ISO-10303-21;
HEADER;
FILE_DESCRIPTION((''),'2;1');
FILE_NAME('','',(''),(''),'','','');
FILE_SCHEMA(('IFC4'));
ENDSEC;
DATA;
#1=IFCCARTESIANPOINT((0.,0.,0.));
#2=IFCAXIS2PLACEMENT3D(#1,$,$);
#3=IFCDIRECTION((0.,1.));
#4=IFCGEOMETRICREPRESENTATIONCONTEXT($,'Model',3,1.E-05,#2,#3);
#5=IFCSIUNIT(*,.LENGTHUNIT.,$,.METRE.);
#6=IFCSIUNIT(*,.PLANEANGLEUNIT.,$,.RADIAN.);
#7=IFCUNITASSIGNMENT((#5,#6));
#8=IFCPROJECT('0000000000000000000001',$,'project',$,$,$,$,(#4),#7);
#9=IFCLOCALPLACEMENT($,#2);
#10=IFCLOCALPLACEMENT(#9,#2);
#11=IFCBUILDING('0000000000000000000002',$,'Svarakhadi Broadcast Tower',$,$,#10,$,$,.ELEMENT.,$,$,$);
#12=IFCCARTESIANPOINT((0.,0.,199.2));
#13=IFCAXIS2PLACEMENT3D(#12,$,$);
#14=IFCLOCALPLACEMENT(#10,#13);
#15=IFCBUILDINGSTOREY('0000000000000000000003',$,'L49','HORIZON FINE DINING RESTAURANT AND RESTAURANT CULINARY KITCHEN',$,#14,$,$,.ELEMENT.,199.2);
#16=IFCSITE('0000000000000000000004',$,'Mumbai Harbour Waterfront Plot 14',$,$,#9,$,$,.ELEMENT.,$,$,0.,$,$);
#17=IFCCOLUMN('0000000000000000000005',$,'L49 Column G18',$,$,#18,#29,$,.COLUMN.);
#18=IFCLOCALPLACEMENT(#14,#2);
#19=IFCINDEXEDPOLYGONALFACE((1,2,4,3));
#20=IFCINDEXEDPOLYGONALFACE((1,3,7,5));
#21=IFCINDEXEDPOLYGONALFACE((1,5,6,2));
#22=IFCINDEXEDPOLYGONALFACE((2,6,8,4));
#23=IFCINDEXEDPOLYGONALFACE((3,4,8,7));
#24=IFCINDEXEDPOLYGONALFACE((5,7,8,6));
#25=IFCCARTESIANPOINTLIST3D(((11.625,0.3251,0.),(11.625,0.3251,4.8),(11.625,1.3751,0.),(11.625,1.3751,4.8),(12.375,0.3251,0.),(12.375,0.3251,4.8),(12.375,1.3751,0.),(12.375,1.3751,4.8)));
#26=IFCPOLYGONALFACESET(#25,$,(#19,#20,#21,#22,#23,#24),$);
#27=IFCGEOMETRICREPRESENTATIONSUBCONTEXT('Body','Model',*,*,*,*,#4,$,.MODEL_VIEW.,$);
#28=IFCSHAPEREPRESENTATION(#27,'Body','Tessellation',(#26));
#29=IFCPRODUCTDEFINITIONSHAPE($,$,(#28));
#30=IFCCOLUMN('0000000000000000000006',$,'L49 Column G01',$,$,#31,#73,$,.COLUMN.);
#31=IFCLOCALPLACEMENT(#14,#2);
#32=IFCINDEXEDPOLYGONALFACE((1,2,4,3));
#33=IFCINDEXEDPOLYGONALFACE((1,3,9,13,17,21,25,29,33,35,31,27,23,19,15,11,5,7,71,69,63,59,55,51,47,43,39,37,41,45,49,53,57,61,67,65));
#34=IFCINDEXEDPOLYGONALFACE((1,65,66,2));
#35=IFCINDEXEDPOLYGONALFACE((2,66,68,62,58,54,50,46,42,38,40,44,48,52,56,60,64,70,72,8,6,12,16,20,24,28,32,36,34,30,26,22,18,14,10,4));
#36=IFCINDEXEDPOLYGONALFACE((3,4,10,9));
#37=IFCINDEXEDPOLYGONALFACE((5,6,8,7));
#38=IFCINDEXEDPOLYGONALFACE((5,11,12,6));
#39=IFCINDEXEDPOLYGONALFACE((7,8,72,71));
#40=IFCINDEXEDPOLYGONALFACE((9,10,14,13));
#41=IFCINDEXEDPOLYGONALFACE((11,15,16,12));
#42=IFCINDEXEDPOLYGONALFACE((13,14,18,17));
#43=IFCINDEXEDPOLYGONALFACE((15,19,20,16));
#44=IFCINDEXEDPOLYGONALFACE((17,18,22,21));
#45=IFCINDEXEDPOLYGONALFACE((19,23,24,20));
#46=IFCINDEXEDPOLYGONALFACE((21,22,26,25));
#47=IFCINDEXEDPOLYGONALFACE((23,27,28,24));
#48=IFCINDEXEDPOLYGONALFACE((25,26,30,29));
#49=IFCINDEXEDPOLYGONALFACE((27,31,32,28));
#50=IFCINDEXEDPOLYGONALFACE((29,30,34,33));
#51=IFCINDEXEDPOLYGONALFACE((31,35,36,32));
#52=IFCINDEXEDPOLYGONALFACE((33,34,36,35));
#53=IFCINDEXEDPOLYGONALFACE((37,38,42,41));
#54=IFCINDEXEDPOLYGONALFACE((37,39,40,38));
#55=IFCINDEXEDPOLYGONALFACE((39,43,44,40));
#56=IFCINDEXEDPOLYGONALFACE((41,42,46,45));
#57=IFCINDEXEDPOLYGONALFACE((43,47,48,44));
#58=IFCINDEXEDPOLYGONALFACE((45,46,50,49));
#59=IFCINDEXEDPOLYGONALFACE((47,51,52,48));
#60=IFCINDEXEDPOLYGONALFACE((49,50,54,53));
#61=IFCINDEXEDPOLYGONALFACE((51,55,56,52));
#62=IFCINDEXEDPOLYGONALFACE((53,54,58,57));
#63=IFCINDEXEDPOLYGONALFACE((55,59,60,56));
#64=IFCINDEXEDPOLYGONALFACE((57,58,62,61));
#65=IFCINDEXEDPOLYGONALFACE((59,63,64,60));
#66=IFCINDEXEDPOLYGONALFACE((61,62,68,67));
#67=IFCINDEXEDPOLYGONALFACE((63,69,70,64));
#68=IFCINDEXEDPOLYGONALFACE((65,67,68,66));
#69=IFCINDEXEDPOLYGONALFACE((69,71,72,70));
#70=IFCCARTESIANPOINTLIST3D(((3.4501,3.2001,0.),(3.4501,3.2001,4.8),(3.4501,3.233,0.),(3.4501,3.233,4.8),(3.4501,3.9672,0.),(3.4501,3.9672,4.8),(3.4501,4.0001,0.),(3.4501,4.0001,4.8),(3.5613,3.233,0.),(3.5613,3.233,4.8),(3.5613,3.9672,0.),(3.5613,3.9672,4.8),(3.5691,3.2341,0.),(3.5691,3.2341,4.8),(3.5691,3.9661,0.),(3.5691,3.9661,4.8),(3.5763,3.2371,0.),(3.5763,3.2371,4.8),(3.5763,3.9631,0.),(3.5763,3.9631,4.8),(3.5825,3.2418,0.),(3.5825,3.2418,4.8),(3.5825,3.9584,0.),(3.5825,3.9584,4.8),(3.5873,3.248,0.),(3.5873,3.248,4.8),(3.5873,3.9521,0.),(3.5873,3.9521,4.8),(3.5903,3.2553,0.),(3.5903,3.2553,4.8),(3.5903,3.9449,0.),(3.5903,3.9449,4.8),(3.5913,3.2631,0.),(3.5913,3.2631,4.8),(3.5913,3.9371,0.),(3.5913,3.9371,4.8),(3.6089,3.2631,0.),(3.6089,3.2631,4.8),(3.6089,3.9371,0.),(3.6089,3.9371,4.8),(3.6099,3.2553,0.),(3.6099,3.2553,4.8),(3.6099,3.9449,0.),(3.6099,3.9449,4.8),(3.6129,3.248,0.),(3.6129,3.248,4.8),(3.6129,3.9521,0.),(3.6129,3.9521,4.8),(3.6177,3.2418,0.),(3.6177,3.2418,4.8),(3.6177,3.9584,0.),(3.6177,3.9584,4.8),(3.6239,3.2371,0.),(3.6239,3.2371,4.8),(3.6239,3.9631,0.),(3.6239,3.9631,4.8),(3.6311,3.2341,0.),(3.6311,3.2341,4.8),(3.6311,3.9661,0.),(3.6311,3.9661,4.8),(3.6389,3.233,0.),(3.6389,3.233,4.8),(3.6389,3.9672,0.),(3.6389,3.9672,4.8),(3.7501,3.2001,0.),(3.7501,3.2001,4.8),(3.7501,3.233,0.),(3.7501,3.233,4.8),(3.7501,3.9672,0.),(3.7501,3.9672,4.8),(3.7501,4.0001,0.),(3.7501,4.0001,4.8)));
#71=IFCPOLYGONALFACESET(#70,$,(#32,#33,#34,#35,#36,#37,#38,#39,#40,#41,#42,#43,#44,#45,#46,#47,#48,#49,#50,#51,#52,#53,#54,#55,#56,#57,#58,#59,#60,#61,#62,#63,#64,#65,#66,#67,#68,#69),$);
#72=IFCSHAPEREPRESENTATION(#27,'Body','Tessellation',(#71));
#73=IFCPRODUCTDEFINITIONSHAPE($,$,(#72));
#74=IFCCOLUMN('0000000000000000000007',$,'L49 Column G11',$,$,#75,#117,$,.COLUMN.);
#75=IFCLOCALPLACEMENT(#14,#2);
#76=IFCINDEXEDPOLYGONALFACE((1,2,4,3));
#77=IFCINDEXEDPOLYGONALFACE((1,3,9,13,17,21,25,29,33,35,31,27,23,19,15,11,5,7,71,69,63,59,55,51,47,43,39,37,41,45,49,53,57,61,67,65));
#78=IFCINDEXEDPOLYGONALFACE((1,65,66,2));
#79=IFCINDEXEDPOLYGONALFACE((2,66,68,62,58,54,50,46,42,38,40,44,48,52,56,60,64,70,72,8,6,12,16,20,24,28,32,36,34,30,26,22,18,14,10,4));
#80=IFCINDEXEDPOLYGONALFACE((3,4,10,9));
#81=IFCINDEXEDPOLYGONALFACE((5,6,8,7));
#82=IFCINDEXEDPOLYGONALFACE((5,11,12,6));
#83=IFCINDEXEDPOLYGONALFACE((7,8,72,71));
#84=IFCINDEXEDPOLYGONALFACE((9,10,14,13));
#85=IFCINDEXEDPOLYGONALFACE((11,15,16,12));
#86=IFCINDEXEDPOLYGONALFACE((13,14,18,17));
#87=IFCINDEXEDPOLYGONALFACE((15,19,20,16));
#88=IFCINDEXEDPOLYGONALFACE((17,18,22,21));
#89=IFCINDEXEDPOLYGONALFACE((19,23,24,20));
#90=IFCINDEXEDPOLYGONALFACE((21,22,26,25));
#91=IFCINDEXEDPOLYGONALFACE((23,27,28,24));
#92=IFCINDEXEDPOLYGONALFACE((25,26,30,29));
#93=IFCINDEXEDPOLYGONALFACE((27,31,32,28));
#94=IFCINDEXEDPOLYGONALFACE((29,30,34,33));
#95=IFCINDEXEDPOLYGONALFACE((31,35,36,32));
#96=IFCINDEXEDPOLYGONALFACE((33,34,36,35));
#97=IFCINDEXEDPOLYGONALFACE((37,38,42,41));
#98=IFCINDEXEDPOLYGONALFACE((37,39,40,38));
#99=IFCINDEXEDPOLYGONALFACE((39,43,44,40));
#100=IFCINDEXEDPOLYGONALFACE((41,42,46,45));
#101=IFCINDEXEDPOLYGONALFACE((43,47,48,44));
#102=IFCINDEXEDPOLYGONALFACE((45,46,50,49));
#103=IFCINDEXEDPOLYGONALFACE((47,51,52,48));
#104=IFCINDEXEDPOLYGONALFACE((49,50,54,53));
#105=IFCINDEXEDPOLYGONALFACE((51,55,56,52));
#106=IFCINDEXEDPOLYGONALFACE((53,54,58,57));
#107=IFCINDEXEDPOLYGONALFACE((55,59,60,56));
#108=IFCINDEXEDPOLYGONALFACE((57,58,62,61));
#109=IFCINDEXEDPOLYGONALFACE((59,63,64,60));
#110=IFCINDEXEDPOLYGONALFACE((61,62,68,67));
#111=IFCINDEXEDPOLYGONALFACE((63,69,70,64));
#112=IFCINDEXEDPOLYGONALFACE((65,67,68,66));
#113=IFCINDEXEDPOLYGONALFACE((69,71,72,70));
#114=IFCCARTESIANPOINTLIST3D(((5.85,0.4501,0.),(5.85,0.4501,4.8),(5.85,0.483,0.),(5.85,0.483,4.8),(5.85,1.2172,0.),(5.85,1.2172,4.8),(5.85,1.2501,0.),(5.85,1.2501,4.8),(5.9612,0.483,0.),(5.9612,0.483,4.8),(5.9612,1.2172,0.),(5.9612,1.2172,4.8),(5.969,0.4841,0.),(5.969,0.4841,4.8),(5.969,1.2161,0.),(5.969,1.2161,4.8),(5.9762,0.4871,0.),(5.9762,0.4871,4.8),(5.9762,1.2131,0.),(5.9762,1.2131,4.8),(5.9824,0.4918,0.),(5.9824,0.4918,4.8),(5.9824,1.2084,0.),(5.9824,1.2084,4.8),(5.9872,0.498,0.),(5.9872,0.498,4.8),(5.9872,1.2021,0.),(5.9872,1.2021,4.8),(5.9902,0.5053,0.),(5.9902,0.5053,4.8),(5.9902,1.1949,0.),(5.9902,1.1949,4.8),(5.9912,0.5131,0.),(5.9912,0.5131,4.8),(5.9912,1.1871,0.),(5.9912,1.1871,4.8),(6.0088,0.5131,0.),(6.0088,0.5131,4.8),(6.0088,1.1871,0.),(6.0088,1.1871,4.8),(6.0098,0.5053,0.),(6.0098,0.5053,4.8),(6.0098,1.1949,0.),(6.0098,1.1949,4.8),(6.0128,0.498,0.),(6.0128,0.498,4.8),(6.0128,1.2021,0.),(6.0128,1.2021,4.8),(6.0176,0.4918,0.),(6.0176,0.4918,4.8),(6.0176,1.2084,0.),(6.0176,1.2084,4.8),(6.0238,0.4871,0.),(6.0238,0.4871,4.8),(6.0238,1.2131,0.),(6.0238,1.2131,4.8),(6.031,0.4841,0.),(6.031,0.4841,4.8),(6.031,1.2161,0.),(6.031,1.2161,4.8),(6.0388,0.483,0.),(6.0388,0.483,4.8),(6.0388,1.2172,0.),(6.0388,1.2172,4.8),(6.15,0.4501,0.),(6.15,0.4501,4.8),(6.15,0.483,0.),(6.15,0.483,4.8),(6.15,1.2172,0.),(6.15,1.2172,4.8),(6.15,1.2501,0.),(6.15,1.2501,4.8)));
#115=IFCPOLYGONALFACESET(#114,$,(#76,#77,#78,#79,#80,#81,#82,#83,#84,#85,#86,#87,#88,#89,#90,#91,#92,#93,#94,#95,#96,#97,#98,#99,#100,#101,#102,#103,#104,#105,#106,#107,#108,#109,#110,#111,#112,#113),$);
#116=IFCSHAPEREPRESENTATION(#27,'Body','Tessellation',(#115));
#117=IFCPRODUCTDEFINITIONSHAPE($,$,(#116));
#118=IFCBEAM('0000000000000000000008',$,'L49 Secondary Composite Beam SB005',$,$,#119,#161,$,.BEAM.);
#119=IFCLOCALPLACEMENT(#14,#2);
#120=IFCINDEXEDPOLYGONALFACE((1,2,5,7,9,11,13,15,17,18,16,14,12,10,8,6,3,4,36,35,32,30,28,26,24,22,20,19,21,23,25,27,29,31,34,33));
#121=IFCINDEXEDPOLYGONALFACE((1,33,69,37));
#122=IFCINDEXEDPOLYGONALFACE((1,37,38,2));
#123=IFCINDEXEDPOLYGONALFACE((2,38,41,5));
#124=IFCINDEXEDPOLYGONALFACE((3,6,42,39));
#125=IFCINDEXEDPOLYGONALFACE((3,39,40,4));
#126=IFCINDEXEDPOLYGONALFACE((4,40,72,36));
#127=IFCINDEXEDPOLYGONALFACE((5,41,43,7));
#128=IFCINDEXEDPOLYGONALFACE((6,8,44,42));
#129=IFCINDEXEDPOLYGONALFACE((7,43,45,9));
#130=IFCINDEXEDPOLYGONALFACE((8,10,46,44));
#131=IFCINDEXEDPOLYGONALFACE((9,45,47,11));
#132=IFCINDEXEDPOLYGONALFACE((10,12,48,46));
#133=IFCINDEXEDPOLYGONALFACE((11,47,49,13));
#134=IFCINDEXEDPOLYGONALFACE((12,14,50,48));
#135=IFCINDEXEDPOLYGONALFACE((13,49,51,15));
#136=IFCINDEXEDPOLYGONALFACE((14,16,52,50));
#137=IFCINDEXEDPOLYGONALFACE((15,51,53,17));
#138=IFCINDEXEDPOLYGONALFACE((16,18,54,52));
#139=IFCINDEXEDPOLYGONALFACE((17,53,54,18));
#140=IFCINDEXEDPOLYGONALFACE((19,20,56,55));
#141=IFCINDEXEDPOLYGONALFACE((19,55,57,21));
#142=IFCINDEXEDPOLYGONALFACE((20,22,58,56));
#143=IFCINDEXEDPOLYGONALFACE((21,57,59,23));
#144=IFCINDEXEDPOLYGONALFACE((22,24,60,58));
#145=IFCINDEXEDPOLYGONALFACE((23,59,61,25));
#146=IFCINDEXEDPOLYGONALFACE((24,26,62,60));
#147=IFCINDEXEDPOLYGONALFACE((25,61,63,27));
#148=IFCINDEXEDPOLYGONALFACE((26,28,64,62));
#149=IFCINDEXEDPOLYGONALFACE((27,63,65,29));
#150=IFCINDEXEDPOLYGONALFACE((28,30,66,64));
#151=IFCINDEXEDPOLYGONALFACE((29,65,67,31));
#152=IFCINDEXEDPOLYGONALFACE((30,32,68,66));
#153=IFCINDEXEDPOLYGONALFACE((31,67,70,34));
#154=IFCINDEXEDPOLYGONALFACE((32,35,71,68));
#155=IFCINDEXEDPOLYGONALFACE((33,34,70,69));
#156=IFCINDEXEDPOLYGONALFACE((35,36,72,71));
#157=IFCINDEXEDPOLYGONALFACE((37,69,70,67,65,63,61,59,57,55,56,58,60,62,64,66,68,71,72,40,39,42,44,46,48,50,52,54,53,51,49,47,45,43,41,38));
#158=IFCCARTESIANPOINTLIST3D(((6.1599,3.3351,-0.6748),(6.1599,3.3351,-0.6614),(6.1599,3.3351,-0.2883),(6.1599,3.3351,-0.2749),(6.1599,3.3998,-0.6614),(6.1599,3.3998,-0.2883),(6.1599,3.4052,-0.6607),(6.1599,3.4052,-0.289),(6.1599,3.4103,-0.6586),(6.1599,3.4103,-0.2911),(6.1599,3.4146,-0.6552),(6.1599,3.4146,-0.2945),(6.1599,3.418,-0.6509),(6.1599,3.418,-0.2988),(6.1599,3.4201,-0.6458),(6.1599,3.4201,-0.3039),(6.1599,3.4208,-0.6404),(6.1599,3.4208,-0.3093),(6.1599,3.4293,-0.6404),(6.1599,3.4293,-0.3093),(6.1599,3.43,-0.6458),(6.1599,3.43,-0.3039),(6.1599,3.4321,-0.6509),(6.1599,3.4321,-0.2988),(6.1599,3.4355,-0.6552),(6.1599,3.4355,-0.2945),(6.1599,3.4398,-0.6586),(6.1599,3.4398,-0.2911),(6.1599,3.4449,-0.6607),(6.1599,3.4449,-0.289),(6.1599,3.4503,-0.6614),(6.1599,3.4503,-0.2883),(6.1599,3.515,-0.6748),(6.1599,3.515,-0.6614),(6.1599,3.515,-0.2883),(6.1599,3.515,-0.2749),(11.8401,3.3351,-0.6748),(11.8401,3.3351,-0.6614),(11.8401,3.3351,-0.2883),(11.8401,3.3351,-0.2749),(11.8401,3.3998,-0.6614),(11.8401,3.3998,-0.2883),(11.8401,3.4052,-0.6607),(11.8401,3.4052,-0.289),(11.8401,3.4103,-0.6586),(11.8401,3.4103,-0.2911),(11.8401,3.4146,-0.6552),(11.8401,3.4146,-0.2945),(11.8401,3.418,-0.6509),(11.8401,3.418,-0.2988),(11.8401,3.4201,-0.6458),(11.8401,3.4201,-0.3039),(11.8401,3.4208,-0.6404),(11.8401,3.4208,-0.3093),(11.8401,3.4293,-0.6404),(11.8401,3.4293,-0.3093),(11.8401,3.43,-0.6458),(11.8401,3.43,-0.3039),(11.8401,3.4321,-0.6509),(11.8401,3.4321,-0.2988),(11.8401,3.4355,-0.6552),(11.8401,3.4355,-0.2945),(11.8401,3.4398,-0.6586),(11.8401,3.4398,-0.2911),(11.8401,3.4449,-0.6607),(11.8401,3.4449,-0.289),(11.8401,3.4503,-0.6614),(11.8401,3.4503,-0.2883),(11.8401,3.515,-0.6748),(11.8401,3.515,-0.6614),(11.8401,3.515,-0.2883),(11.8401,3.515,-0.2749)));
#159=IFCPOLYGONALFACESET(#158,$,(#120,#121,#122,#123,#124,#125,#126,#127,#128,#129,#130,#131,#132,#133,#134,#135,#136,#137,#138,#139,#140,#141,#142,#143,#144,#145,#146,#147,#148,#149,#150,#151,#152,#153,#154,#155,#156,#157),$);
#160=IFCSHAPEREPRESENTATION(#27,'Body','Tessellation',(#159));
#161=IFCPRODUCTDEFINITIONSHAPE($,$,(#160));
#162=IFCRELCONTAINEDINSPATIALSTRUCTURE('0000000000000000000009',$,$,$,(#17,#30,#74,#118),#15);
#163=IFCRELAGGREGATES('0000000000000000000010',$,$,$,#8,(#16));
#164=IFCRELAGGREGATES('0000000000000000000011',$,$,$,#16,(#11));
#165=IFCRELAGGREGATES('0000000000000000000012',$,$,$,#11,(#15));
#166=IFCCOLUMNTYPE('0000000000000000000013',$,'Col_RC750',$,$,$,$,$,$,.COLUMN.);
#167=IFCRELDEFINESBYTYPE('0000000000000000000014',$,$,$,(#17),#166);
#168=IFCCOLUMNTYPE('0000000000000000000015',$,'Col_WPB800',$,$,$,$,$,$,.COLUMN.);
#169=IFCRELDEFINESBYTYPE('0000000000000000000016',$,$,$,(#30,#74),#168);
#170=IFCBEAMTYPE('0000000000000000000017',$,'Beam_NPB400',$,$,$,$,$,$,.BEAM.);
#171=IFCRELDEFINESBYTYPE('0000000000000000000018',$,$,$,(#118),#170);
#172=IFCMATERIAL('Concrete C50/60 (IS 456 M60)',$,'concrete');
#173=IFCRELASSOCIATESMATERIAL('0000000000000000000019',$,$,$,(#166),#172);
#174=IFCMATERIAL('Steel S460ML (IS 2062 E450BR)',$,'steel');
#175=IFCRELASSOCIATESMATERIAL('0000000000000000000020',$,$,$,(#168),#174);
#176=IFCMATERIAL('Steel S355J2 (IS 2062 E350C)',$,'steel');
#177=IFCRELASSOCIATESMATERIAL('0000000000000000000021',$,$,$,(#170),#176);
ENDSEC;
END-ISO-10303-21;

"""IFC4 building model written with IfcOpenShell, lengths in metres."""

from ifc_helpers import new_model, si_unit, direction, frame, origin, origin_2d, place, context, subcontext, project, spatial, rectangle, i_section, extrude, material, material_profile, profile_set, type_object, element, save


model = new_model("IFC4")

# Units and contexts
model_context = context("Model", 3, precision=1e-05, world=origin(), true_north=direction((0.0, 1.0)))
body_context = subcontext(model_context, "Body", "Model", "MODEL_VIEW")
ifc_project = project(units=[si_unit("LENGTHUNIT", "METRE"), si_unit("PLANEANGLEUNIT", "RADIAN")], contexts=[model_context])

# Site, building, storey
site_placement = place(None, origin())
site = spatial("IfcSite", under=ifc_project, at=site_placement, Name="Mumbai Harbour Waterfront Plot 14", CompositionType="ELEMENT", RefElevation=0.0)
building_placement = place(site_placement, origin())
building = spatial("IfcBuilding", under=site, at=building_placement, Name="Svarakhadi Broadcast Tower", CompositionType="ELEMENT")
storey_placement = place(building_placement, frame((0.0, 0.0, 199.2)))
storey = spatial("IfcBuildingStorey", under=building, at=storey_placement, Name="L49", Description="HORIZON FINE DINING RESTAURANT AND RESTAURANT CULINARY KITCHEN", CompositionType="ELEMENT", Elevation=199.2)

# Columns
ifc_material_1 = material(Name="Concrete C50/60 (IS 456 M60)", Category="concrete")
ifc_material_profile_1 = material_profile(ifc_material_1, rectangle(XDim=0.75, YDim=1.05, at=origin_2d()), Name="RC 750x1050")
ifc_profile_set_1 = profile_set([ifc_material_profile_1], Name="Concrete C50/60 (IS 456 M60)")
column_type_1 = type_object("IfcColumnType", Name="Col_RC750", PredefinedType="COLUMN", material=ifc_profile_set_1)
column_placement = place(storey_placement, frame((12.0, 0.8501, 0.0), z_axis=(0.0, 0.0, 1.0), x_axis=(1.0, 0.0, 0.0)))
element("IfcColumn", 1, at=column_placement, inside=storey, type_object=column_type_1, Name="L49 Column G18", PredefinedType="COLUMN", context=body_context, shape_type="SweptSolid", body=[
    extrude(rectangle(XDim=0.75, YDim=1.05, at=origin_2d()), origin(), (0.0, 0.0, 1.0), 4.8),
])
ifc_material_2 = material(Name="Steel S460ML (IS 2062 E450BR)", Category="steel")
ifc_material_profile_2 = material_profile(ifc_material_2, i_section(OverallWidth=0.3, OverallDepth=0.8, WebThickness=0.0176, FlangeThickness=0.033, FilletRadius=0.03, at=origin_2d()), Name="WPB 800x300x262")
ifc_profile_set_2 = profile_set([ifc_material_profile_2], Name="Steel S460ML (IS 2062 E450BR)")
column_type_2 = type_object("IfcColumnType", Name="Col_WPB800", PredefinedType="COLUMN", material=ifc_profile_set_2)
for number, where, z_axis, x_axis, name in (
    (2, (3.6001, 3.6001, 0.0), (0.0, 0.0, 1.0), (1.0, 0.0, 0.0), "L49 Column G01"),
    (3, (6.0, 0.8501, 0.0), (0.0, 0.0, 1.0), (1.0, 0.0, 0.0), "L49 Column G11"),
):
    element("IfcColumn", number, at=place(storey_placement, frame(where, z_axis=z_axis, x_axis=x_axis)), inside=storey, type_object=column_type_2, Name=name, PredefinedType="COLUMN", context=body_context, shape_type="SweptSolid", body=[
        extrude(i_section(OverallWidth=0.3, OverallDepth=0.8, WebThickness=0.0176, FlangeThickness=0.033, FilletRadius=0.03, at=origin_2d()), origin(), (0.0, 0.0, 1.0), 4.8),
    ])

# Beam
ifc_material_3 = material(Name="Steel S355J2 (IS 2062 E350C)", Category="steel")
ifc_material_profile_3 = material_profile(ifc_material_3, i_section(OverallWidth=0.1799, OverallDepth=0.3999, WebThickness=0.0085, FlangeThickness=0.0134, FilletRadius=0.021, at=origin_2d()), Name="NPB 400x180x66")
ifc_profile_set_3 = profile_set([ifc_material_profile_3], Name="Steel S355J2 (IS 2062 E350C)")
beam_type_1 = type_object("IfcBeamType", Name="Beam_NPB400", PredefinedType="BEAM", material=ifc_profile_set_3)
for number, where, z_axis, x_axis, name in (
    (4, (6.1599, 3.425, -0.4749), (1.0, 0.0, 0.0), (0.0, 1.0, 0.0), "L49 Secondary Composite Beam SB005"),
):
    element("IfcBeam", number, at=place(storey_placement, frame(where, z_axis=z_axis, x_axis=x_axis)), inside=storey, type_object=beam_type_1, Name=name, PredefinedType="BEAM", context=body_context, shape_type="SweptSolid", body=[
        extrude(i_section(OverallWidth=0.1799, OverallDepth=0.3999, WebThickness=0.0085, FlangeThickness=0.0134, FilletRadius=0.021, at=origin_2d()), origin(), (0.0, 0.0, 1.0), 5.6802),
    ])

save(model, "model.ifc")
